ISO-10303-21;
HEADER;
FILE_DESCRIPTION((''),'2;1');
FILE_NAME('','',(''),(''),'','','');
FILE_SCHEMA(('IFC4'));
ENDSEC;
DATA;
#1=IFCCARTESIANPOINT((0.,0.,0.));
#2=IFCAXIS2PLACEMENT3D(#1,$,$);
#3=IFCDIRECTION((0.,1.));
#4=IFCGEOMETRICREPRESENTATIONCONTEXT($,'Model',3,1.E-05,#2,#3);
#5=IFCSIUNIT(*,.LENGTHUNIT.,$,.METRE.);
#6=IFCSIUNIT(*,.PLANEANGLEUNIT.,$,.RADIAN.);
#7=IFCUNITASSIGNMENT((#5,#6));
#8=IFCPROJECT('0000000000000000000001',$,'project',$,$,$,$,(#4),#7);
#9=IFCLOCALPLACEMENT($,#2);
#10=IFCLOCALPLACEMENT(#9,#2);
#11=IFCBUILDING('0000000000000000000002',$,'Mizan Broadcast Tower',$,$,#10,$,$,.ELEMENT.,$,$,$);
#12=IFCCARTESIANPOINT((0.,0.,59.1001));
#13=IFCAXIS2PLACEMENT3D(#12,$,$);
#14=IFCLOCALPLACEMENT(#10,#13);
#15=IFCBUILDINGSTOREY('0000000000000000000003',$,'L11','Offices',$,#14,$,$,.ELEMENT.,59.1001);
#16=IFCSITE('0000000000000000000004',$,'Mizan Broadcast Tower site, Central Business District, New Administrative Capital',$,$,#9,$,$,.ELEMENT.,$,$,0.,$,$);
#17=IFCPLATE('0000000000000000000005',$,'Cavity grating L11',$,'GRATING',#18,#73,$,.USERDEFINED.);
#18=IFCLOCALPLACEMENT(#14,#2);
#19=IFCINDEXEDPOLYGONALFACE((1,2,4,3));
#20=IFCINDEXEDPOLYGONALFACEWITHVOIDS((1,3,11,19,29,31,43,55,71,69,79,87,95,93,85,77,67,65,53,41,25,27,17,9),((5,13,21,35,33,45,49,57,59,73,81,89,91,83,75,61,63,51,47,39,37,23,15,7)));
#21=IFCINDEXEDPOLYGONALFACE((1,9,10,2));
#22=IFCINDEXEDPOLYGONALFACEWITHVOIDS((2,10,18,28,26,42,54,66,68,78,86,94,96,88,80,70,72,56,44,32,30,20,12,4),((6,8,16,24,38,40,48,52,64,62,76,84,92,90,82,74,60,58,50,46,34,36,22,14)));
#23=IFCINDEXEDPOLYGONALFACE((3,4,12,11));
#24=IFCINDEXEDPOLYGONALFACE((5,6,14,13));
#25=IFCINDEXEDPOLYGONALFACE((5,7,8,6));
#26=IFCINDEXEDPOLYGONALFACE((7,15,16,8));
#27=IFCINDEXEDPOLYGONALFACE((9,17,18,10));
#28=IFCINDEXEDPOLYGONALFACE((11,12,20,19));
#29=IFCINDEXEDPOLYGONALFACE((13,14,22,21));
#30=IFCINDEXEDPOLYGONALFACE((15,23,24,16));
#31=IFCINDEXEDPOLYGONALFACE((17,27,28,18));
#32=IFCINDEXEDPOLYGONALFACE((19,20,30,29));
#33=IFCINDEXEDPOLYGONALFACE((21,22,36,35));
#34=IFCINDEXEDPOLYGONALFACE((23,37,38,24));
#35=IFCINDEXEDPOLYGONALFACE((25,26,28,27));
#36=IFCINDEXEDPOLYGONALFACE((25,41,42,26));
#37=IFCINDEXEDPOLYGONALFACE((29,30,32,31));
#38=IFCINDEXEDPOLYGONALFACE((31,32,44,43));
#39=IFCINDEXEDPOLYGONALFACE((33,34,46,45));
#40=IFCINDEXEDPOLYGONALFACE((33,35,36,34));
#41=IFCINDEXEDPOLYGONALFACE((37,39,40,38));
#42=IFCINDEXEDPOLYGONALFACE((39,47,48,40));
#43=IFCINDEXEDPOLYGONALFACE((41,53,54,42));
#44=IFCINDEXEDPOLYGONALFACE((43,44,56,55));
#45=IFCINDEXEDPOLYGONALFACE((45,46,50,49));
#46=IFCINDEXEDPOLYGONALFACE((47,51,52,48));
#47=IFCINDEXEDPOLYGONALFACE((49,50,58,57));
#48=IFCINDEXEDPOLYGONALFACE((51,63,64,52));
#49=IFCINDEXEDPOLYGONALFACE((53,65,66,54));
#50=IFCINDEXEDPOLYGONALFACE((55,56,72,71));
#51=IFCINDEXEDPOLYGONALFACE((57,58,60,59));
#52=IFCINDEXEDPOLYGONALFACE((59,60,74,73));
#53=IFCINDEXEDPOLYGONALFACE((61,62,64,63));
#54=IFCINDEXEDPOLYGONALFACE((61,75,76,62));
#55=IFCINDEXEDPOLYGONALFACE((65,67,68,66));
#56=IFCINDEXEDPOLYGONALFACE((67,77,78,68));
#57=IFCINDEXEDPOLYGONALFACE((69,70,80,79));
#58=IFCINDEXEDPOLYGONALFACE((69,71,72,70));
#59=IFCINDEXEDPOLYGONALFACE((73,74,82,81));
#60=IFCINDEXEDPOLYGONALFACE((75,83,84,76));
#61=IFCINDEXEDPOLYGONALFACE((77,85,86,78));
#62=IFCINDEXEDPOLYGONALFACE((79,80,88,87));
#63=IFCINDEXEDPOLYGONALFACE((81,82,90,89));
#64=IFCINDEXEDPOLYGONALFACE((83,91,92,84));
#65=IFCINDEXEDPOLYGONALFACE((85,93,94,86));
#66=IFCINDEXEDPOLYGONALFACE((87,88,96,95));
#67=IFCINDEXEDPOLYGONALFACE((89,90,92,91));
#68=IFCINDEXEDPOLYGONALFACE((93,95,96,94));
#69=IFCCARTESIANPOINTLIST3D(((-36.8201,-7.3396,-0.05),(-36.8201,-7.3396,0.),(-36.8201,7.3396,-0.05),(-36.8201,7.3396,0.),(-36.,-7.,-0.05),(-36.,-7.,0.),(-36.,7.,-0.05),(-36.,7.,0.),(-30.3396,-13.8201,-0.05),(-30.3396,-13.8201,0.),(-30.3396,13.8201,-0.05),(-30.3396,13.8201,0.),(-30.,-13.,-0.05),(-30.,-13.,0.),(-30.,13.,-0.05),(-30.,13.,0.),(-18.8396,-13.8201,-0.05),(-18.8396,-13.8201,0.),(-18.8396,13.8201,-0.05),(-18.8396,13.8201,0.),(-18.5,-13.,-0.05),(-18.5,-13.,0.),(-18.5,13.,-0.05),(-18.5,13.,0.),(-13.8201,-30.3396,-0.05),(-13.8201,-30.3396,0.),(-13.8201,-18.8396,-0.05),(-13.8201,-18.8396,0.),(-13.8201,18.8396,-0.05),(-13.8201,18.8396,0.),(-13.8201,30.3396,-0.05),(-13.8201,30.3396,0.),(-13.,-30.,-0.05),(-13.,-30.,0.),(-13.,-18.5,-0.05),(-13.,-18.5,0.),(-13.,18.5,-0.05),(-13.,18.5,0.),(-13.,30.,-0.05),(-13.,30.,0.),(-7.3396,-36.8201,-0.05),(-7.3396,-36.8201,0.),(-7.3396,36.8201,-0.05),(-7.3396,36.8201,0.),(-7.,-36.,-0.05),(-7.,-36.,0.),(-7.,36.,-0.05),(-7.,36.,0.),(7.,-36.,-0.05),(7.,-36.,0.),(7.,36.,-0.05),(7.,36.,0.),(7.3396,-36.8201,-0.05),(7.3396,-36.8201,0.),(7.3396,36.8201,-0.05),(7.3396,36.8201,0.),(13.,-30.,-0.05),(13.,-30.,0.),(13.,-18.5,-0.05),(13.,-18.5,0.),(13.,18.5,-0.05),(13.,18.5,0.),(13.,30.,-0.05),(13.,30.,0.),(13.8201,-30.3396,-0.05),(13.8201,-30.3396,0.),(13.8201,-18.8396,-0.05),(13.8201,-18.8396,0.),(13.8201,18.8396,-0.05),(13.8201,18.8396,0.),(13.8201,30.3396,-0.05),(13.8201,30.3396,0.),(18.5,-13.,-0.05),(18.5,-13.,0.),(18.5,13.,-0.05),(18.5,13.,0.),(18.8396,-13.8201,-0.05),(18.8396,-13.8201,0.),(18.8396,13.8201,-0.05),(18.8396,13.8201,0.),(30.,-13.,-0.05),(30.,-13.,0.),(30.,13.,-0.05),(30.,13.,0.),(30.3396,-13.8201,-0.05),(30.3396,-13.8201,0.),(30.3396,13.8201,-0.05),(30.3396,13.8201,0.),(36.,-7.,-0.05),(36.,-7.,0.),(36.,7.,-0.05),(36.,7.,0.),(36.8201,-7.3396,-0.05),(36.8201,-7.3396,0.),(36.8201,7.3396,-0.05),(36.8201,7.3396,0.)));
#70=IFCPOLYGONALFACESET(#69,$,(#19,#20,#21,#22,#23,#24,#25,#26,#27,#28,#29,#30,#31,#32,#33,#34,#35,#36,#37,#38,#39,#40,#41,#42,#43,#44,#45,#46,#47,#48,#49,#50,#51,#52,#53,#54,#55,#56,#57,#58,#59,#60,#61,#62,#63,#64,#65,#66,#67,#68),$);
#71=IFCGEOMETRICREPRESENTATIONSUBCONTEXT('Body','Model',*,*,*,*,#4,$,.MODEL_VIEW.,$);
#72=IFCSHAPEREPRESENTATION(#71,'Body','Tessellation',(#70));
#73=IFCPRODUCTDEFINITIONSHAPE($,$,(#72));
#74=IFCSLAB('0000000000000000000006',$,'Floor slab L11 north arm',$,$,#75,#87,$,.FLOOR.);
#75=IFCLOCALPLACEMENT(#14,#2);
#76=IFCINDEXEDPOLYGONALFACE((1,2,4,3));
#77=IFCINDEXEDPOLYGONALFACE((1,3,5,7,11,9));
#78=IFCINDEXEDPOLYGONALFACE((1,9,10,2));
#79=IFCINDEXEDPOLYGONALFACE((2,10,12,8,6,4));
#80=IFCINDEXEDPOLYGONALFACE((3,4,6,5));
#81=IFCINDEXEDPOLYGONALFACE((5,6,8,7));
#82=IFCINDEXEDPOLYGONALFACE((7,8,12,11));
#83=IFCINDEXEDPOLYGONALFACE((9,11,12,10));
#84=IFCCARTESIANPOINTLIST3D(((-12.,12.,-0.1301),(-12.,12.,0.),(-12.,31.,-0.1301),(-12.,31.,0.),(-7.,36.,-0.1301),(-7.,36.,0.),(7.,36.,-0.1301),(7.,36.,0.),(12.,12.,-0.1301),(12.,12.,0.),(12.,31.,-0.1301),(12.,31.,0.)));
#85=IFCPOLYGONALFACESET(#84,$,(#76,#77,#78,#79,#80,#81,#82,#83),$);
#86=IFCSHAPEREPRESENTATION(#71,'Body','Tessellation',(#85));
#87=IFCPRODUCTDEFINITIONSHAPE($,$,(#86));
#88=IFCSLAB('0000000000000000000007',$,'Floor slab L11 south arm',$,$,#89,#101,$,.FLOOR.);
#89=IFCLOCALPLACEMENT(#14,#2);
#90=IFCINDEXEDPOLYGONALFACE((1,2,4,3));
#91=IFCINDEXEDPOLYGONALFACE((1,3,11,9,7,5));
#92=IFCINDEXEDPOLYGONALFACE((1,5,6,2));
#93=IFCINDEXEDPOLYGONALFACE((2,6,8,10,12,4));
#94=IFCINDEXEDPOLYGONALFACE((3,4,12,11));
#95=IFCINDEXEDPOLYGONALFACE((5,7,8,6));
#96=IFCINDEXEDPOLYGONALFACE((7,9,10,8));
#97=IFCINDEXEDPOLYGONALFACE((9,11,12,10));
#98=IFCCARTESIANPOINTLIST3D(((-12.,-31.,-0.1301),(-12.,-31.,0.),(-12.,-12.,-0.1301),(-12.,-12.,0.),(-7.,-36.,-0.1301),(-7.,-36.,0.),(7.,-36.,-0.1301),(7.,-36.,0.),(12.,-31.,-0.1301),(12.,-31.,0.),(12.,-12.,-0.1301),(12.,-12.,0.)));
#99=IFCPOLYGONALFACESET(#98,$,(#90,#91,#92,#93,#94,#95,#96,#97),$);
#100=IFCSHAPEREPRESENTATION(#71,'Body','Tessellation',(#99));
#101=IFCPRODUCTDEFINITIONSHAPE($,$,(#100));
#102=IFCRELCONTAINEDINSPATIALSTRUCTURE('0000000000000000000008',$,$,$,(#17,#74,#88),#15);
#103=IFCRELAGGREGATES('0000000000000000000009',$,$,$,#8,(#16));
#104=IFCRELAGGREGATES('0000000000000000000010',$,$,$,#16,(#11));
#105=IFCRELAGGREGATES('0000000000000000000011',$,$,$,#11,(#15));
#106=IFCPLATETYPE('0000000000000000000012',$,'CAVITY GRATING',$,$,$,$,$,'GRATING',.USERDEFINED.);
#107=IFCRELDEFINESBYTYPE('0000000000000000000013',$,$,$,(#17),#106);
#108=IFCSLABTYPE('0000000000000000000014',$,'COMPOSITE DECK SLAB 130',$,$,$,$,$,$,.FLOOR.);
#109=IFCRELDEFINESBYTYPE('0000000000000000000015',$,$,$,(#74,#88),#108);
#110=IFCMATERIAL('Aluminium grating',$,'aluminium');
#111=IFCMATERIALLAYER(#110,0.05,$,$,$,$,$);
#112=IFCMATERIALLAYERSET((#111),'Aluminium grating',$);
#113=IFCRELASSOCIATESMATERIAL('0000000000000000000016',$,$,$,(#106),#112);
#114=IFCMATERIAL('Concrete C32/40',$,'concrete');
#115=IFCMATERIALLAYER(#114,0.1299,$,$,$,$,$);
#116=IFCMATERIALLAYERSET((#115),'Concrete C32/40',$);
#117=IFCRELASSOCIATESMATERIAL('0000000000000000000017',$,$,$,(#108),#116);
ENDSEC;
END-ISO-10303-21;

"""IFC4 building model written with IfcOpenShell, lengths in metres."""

from ifc_helpers import new_model, si_unit, direction, frame, origin, place, context, subcontext, project, spatial, polyline, outline, extrude, material, layer, layer_set, type_object, element, save


model = new_model("IFC4")

# Units and contexts
model_context = context("Model", 3, precision=1e-05, world=origin(), true_north=direction((0.0, 1.0)))
body_context = subcontext(model_context, "Body", "Model", "MODEL_VIEW")
ifc_project = project(units=[si_unit("LENGTHUNIT", "METRE"), si_unit("PLANEANGLEUNIT", "RADIAN")], contexts=[model_context])

# Site, building, storey
site_placement = place(None, origin())
site = spatial("IfcSite", under=ifc_project, at=site_placement, Name="Mizan Broadcast Tower site, Central Business District, New Administrative Capital", CompositionType="ELEMENT", RefElevation=0.0)
building_placement = place(site_placement, origin())
building = spatial("IfcBuilding", under=site, at=building_placement, Name="Mizan Broadcast Tower", CompositionType="ELEMENT")
storey_placement = place(building_placement, frame((0.0, 0.0, 59.1001)))
storey = spatial("IfcBuildingStorey", under=building, at=storey_placement, Name="L11", Description="Offices", CompositionType="ELEMENT", Elevation=59.1001)

# Plate
ifc_material_1 = material(Name="Aluminium grating", Category="aluminium")
ifc_layer_1 = layer(ifc_material_1, 0.05)
ifc_layer_set_1 = layer_set([ifc_layer_1], Name="Aluminium grating")
plate_type = type_object("IfcPlateType", Name="CAVITY GRATING", ElementType="GRATING", PredefinedType="USERDEFINED", material=ifc_layer_set_1)
plate_placement = place(storey_placement, frame((0.0, 0.0, -0.05)))
element("IfcPlate", 1, at=plate_placement, inside=storey, type_object=plate_type, Name="Cavity grating L11", ObjectType="GRATING", PredefinedType="USERDEFINED", context=body_context, shape_type="SweptSolid", body=[
    extrude(outline(polyline([(13.8201, -18.8396), (18.8396, -13.8201), (30.3396, -13.8201), (36.8201, -7.3396), (36.8201, 7.3396), (30.3396, 13.8201), (18.8396, 13.8201), (13.8201, 18.8396), (13.8201, 30.3396), (7.3396, 36.8201), (-7.3396, 36.8201), (-13.8201, 30.3396), (-13.8201, 18.8396), (-18.8396, 13.8201), (-30.3396, 13.8201), (-36.8201, 7.3396), (-36.8201, -7.3396), (-30.3396, -13.8201), (-18.8396, -13.8201), (-13.8201, -18.8396), (-13.8201, -30.3396), (-7.3396, -36.8201), (7.3396, -36.8201), (13.8201, -30.3396), (13.8201, -18.8396)]), holes=[polyline([(36.0, 7.0), (36.0, -7.0), (30.0, -13.0), (18.5, -13.0), (13.0, -18.5), (13.0, -30.0), (7.0, -36.0), (-7.0, -36.0), (-13.0, -30.0), (-13.0, -18.5), (-18.5, -13.0), (-30.0, -13.0), (-36.0, -7.0), (-36.0, 7.0), (-30.0, 13.0), (-18.5, 13.0), (-13.0, 18.5), (-13.0, 30.0), (-7.0, 36.0), (7.0, 36.0), (13.0, 30.0), (13.0, 18.5), (18.5, 13.0), (30.0, 13.0), (36.0, 7.0)])]), origin(), (0.0, 0.0, 1.0), 0.05),
])

# Slabs
ifc_material_2 = material(Name="Concrete C32/40", Category="concrete")
ifc_layer_2 = layer(ifc_material_2, 0.1299)
ifc_layer_set_2 = layer_set([ifc_layer_2], Name="Concrete C32/40")
slab_type_1 = type_object("IfcSlabType", Name="COMPOSITE DECK SLAB 130", PredefinedType="FLOOR", material=ifc_layer_set_2)
slab_1_placement = place(storey_placement, frame((0.0, 0.0, -0.1301)))
element("IfcSlab", 2, at=slab_1_placement, inside=storey, type_object=slab_type_1, Name="Floor slab L11 north arm", PredefinedType="FLOOR", context=body_context, shape_type="SweptSolid", body=[
    extrude(outline(polyline([(-7.0, 36.0), (-12.0, 31.0), (-12.0, 12.0), (12.0, 12.0), (12.0, 31.0), (7.0, 36.0), (-7.0, 36.0)])), origin(), (0.0, 0.0, 1.0), 0.1301),
])
slab_2_placement = place(storey_placement, frame((0.0, 0.0, -0.1301)))
element("IfcSlab", 3, at=slab_2_placement, inside=storey, type_object=slab_type_1, Name="Floor slab L11 south arm", PredefinedType="FLOOR", context=body_context, shape_type="SweptSolid", body=[
    extrude(outline(polyline([(7.0, -36.0), (12.0, -31.0), (12.0, -12.0), (-12.0, -12.0), (-12.0, -31.0), (-7.0, -36.0), (7.0, -36.0)])), origin(), (0.0, 0.0, 1.0), 0.1301),
])

save(model, "model.ifc")
